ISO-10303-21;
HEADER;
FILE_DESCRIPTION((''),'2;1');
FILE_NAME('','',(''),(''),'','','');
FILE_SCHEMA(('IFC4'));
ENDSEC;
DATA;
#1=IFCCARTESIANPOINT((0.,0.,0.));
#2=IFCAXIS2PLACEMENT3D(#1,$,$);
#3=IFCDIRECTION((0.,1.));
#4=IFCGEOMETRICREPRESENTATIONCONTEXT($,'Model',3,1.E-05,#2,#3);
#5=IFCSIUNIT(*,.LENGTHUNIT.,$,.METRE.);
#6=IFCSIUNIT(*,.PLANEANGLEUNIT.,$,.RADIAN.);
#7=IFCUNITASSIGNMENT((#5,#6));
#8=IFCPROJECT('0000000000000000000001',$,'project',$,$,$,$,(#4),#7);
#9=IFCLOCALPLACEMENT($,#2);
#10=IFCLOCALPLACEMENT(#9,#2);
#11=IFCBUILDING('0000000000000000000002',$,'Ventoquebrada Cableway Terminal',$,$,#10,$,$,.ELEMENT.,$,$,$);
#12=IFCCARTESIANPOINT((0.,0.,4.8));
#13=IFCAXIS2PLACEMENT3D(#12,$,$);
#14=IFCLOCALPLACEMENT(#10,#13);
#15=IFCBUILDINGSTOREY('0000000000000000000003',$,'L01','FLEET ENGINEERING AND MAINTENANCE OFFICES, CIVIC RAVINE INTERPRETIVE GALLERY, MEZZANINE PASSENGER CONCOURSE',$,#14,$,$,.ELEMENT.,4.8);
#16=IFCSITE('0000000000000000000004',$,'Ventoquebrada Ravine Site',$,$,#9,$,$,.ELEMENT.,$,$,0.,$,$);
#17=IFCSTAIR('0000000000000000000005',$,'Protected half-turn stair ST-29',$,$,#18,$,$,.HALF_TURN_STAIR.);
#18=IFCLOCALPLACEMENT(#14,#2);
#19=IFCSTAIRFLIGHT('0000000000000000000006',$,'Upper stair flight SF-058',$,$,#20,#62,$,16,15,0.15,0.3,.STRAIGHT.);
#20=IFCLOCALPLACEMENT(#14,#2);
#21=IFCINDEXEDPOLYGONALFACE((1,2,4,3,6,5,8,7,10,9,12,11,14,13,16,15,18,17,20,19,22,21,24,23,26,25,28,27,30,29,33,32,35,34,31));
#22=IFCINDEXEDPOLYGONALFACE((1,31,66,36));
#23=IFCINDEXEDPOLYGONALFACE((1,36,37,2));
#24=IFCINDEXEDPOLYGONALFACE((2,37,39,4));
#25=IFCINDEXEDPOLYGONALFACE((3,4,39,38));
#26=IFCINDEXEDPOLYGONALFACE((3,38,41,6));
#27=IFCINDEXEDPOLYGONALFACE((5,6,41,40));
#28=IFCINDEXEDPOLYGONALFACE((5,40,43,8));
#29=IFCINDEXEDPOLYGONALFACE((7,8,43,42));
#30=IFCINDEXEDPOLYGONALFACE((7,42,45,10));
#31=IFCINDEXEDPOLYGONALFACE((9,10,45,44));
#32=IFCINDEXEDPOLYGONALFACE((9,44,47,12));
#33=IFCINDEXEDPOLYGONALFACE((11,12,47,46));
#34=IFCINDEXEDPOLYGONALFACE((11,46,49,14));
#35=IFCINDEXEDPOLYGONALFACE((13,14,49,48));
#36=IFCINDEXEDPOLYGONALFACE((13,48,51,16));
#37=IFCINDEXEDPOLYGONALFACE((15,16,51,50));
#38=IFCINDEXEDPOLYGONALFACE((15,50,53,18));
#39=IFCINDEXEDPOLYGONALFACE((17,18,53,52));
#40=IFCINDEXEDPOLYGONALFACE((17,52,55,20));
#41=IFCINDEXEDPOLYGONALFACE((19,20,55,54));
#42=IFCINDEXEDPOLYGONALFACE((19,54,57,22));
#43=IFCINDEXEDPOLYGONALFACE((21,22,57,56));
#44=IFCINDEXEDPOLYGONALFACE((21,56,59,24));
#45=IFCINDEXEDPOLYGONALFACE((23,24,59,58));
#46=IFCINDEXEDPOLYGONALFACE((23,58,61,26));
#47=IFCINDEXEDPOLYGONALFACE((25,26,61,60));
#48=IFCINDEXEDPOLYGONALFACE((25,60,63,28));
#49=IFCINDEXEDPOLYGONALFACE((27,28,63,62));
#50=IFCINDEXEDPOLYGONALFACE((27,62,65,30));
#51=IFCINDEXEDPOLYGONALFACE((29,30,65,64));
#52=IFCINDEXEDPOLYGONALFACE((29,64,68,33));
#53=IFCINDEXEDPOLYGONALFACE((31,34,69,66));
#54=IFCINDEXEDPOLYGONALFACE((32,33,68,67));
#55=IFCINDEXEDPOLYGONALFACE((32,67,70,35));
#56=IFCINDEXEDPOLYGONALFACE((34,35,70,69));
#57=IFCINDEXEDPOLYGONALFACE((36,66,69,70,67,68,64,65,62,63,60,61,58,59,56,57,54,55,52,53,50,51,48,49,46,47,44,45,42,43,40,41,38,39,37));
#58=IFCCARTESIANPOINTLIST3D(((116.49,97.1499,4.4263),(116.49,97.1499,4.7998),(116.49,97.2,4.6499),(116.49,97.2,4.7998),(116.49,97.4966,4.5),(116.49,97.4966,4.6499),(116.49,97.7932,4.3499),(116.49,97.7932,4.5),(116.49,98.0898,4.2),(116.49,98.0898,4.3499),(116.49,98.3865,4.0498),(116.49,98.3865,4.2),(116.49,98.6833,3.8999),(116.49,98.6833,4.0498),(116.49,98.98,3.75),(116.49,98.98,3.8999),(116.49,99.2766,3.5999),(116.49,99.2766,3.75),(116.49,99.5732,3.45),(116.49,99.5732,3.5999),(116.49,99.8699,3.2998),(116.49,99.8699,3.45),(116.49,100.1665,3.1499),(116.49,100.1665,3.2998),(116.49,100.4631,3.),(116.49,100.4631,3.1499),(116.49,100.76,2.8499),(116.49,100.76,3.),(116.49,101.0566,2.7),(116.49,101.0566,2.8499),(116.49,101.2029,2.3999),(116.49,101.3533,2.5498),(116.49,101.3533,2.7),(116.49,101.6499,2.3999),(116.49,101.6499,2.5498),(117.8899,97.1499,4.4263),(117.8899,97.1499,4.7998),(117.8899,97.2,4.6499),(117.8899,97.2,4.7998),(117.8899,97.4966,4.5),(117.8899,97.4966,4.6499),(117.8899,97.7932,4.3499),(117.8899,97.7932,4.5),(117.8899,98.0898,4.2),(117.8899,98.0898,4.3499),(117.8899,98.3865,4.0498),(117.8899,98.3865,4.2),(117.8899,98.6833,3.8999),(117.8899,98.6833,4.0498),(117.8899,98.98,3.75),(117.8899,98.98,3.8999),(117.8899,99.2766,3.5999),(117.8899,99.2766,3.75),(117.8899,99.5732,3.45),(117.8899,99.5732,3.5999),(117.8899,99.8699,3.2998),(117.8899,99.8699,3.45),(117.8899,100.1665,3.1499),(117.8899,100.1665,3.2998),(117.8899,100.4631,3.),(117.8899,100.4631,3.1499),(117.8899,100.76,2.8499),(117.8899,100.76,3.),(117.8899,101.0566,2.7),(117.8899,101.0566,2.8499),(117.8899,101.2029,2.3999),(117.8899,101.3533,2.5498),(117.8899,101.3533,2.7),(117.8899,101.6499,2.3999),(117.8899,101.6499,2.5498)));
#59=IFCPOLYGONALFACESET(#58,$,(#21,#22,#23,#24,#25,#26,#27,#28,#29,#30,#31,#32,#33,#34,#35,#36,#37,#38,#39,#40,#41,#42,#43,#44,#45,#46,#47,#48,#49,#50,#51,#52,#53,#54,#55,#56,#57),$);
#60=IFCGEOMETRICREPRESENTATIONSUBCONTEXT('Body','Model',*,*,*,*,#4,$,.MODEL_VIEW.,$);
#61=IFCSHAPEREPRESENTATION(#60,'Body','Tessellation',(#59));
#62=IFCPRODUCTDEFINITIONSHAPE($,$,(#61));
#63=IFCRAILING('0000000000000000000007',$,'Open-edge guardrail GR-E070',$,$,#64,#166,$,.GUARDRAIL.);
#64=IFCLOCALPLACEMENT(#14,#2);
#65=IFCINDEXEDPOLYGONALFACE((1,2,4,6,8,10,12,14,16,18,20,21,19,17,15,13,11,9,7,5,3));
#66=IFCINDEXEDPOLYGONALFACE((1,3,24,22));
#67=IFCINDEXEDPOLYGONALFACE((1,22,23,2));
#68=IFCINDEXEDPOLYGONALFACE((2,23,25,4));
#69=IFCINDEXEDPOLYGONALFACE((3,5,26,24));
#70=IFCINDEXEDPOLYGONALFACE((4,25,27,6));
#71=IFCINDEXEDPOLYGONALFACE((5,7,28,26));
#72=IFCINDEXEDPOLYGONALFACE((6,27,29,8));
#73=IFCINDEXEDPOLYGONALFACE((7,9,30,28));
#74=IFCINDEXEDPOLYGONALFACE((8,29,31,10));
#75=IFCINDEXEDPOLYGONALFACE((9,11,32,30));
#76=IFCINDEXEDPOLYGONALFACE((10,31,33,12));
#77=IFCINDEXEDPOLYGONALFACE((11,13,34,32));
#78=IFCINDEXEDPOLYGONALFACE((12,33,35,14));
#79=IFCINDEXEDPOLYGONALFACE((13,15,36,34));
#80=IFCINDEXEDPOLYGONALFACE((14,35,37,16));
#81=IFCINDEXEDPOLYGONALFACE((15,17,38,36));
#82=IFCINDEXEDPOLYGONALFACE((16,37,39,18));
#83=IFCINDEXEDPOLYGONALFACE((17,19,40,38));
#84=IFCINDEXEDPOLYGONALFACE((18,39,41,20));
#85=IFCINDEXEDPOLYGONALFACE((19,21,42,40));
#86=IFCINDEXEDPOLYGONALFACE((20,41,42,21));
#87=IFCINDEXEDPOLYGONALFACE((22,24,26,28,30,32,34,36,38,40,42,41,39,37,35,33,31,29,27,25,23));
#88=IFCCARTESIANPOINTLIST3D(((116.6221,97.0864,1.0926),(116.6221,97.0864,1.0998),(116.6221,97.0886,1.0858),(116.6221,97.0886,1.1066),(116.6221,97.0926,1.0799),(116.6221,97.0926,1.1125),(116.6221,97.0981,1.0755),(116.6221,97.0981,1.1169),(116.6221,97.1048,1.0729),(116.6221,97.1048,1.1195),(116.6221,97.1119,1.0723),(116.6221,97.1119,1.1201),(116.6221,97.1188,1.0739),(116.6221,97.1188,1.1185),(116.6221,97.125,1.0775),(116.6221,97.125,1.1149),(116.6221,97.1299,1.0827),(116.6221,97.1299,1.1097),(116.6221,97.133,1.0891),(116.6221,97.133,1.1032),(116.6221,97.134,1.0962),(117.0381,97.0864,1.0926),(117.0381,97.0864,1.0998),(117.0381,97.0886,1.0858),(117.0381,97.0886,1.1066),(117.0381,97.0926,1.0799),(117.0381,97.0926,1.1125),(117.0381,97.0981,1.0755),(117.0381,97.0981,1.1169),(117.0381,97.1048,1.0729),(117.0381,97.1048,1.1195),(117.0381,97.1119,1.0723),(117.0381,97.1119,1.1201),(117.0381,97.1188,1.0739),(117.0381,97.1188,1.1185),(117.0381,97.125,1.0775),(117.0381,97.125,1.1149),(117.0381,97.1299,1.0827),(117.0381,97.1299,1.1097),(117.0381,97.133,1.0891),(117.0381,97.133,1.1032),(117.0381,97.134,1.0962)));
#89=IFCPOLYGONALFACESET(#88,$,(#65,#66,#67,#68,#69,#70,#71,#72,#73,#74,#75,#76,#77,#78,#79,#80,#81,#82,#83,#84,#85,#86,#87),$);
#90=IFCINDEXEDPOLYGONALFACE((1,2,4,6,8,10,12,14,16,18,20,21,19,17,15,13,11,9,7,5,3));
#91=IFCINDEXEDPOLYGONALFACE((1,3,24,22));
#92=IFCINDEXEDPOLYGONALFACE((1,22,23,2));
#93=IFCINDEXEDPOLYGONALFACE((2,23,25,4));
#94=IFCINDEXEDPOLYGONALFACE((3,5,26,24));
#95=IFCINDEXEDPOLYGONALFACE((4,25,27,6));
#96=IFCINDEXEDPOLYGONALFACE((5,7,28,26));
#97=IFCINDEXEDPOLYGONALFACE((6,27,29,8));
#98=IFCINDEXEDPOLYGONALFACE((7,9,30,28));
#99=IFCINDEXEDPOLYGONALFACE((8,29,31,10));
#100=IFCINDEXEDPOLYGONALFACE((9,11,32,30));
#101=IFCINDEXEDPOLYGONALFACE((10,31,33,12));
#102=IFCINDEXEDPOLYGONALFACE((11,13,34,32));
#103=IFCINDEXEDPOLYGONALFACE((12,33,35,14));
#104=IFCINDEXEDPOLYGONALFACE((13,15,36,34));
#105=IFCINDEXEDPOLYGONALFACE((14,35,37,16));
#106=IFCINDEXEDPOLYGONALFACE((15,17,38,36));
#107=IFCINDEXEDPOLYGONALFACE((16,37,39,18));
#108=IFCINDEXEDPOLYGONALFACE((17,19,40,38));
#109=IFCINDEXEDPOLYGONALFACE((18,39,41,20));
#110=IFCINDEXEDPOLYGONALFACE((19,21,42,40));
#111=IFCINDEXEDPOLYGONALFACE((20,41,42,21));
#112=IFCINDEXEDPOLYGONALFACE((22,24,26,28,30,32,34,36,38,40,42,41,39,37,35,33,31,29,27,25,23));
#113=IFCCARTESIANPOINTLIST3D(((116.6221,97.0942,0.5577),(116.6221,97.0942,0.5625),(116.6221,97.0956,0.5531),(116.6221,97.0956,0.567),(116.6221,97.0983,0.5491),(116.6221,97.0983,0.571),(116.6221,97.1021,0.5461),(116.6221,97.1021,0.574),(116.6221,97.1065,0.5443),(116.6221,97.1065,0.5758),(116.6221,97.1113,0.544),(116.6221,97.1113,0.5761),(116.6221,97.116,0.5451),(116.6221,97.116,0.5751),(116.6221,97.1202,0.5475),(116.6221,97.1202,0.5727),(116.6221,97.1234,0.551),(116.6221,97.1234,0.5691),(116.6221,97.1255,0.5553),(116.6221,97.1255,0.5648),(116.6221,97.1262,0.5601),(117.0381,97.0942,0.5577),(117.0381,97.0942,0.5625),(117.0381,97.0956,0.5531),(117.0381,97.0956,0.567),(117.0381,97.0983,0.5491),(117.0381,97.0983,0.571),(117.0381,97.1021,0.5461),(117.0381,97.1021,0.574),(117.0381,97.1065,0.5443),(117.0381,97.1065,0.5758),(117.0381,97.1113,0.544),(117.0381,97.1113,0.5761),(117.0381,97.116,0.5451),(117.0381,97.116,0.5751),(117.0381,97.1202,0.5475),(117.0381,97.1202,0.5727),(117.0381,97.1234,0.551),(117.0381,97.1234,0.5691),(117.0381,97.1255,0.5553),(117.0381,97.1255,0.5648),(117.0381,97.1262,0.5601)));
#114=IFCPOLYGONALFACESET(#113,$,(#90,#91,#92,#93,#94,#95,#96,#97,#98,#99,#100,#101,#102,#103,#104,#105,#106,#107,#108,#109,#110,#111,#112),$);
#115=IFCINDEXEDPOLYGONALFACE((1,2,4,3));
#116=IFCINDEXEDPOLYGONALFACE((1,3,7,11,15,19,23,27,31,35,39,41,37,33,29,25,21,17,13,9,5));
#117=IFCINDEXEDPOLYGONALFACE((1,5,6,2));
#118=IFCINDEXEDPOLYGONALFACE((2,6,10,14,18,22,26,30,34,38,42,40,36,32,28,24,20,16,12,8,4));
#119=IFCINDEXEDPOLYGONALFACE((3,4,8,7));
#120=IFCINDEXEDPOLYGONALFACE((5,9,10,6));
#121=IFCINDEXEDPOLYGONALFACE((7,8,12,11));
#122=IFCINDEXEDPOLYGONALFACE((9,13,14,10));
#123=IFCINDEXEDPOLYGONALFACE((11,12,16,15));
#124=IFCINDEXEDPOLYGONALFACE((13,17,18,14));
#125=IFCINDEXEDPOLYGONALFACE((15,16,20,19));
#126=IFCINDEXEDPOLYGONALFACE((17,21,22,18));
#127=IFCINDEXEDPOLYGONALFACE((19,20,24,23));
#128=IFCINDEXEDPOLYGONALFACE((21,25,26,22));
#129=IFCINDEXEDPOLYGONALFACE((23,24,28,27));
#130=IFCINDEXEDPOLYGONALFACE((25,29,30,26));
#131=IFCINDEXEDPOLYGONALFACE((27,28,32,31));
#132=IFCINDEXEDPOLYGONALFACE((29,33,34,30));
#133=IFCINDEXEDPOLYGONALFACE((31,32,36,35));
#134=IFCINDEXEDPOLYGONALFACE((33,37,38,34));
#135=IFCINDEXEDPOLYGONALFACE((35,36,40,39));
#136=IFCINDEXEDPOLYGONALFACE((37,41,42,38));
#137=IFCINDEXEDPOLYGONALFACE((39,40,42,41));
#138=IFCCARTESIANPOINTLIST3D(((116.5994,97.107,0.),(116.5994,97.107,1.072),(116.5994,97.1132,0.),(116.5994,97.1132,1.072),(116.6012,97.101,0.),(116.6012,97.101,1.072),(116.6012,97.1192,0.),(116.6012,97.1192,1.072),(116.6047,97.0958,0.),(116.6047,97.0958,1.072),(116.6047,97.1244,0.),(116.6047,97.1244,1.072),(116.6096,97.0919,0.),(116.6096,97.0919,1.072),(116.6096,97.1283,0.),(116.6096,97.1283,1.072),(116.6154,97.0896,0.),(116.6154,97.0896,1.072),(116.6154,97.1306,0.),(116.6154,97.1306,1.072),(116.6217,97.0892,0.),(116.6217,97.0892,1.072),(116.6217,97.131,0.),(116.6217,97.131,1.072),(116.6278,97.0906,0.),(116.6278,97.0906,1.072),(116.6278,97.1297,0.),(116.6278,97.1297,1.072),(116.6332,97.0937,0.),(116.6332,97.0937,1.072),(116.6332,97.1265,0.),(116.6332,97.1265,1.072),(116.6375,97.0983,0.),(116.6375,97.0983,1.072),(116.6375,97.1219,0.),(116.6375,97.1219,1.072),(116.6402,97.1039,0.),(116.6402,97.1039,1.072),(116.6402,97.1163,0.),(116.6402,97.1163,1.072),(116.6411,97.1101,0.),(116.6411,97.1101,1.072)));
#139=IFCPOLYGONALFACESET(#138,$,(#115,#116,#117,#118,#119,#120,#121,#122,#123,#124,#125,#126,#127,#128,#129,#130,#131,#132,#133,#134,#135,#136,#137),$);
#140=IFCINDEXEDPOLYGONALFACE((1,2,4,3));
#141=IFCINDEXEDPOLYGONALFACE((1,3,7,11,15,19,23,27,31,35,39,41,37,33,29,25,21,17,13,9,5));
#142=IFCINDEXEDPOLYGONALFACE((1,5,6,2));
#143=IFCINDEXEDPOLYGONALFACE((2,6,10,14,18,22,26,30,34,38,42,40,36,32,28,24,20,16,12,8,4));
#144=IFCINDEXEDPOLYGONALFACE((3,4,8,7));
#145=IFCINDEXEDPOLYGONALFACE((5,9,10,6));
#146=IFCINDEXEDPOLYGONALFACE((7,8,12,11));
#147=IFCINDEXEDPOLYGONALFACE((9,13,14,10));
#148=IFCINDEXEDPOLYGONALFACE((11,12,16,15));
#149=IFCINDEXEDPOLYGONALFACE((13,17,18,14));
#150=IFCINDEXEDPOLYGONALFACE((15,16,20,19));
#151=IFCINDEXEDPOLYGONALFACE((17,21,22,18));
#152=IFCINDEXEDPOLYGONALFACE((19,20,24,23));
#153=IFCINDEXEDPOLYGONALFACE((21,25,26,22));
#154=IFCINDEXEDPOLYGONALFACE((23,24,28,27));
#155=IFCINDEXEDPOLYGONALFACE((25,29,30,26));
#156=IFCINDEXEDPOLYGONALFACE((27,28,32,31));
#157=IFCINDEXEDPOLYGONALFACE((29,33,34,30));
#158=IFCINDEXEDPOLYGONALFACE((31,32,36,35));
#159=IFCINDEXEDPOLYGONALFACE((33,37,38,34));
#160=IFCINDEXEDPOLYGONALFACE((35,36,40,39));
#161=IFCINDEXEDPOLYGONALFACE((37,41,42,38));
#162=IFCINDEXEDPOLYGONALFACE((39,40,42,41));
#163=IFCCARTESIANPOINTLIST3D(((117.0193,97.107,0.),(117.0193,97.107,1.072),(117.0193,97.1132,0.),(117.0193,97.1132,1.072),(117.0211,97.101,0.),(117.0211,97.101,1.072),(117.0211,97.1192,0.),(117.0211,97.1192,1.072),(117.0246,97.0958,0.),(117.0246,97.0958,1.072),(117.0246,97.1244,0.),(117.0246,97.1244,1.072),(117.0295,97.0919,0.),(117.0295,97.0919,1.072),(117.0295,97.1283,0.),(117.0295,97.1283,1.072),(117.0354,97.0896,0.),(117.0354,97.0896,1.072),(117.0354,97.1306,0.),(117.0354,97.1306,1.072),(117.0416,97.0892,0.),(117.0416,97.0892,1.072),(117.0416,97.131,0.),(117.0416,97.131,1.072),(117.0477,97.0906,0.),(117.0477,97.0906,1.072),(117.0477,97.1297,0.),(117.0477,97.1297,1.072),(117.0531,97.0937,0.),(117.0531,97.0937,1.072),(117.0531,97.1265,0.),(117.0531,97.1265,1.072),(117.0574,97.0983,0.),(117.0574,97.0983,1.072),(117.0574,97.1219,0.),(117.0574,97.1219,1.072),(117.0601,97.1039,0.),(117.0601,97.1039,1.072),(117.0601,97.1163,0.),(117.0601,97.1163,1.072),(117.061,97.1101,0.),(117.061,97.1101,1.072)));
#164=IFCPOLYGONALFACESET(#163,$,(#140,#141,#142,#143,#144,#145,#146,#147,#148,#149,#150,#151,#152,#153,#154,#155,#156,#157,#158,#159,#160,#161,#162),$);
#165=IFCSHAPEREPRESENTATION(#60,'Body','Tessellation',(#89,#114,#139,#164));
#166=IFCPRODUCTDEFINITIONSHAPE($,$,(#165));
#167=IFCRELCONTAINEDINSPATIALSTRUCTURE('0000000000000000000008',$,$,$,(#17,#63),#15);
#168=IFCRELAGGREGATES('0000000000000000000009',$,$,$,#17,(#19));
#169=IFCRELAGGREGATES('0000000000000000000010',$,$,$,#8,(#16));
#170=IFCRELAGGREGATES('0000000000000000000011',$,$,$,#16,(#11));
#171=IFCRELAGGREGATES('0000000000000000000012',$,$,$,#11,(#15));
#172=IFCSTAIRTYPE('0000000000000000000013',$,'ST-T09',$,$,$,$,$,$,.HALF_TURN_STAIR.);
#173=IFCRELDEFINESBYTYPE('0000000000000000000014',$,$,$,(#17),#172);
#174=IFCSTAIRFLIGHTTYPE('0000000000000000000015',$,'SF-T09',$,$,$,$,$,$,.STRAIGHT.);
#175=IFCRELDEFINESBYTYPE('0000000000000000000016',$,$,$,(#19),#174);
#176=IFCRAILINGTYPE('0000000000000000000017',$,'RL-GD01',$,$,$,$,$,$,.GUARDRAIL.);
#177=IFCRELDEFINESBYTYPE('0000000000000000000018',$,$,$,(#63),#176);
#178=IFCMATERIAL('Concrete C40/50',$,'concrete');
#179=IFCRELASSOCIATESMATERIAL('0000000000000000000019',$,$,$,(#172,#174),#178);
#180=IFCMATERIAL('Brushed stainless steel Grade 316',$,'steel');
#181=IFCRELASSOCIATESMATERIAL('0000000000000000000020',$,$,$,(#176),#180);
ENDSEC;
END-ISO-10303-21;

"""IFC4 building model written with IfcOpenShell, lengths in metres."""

from ifc_helpers import new_model, si_unit, direction, frame, origin, origin_2d, place, context, subcontext, project, spatial, polyline, circle, outline, extrude, material, type_object, element, aggregate, save


model = new_model("IFC4")

# Units and contexts
model_context = context("Model", 3, precision=1e-05, world=origin(), true_north=direction((0.0, 1.0)))
body_context = subcontext(model_context, "Body", "Model", "MODEL_VIEW")
ifc_project = project(units=[si_unit("LENGTHUNIT", "METRE"), si_unit("PLANEANGLEUNIT", "RADIAN")], contexts=[model_context])

# Site, building, storey
site_placement = place(None, origin())
site = spatial("IfcSite", under=ifc_project, at=site_placement, Name="Ventoquebrada Ravine Site", CompositionType="ELEMENT", RefElevation=0.0)
building_placement = place(site_placement, origin())
building = spatial("IfcBuilding", under=site, at=building_placement, Name="Ventoquebrada Cableway Terminal", CompositionType="ELEMENT")
storey_placement = place(building_placement, frame((0.0, 0.0, 4.8)))
storey = spatial("IfcBuildingStorey", under=building, at=storey_placement, Name="L01", Description="FLEET ENGINEERING AND MAINTENANCE OFFICES, CIVIC RAVINE INTERPRETIVE GALLERY, MEZZANINE PASSENGER CONCOURSE", CompositionType="ELEMENT", Elevation=4.8)

# Shared definitions
ifc_material_1 = material(Name="Concrete C40/50", Category="concrete")

# Stair, stair flight
stair_type = type_object("IfcStairType", Name="ST-T09", PredefinedType="HALF_TURN_STAIR", material=ifc_material_1)
stair_placement = place(storey_placement, origin())
stair = element("IfcStair", 1, at=stair_placement, inside=storey, type_object=stair_type, Name="Protected half-turn stair ST-29", PredefinedType="HALF_TURN_STAIR")
stair_flight_type = type_object("IfcStairFlightType", Name="SF-T09", PredefinedType="STRAIGHT", material=ifc_material_1)
stair_flight_1_placement = place(storey_placement, frame((117.1899, 101.6499, 2.3999), z_axis=(0.0, 0.0, 1.0), x_axis=(0.0, -1.0, 0.0)))
stair_flight_1 = element("IfcStairFlight", 2, at=stair_flight_1_placement, type_object=stair_flight_type, Name="Upper stair flight SF-058", NumberOfRisers=16, NumberOfTreads=15, PredefinedType="STRAIGHT", RiserHeight=0.15, TreadLength=0.3, context=body_context, shape_type="SweptSolid", body=[
    extrude(outline(polyline([(0.0, 0.0), (0.0, 0.1499), (0.2966, 0.1499), (0.2966, 0.3), (0.5933, 0.3), (0.5933, 0.45), (0.8899, 0.45), (0.8899, 0.6001), (1.1868, 0.6001), (1.1868, 0.75), (1.4834, 0.75), (1.4834, 0.8999), (1.78, 0.8999), (1.78, 1.05), (2.0767, 1.05), (2.0767, 1.2), (2.3733, 1.2), (2.3733, 1.3501), (2.6699, 1.3501), (2.6699, 1.5), (2.9666, 1.5), (2.9666, 1.6499), (3.2634, 1.6499), (3.2634, 1.8), (3.5601, 1.8), (3.5601, 1.95), (3.8567, 1.95), (3.8567, 2.1001), (4.1533, 2.1001), (4.1533, 2.25), (4.45, 2.25), (4.45, 2.3999), (4.5, 2.3999), (4.5, 2.0264), (0.447, 0.0), (0.0, 0.0)])), frame((0.0, 0.7, 0.0), z_axis=(0.0, -1.0, 0.0), x_axis=(1.0, 0.0, 0.0)), (0.0, 0.0, 1.0), 1.3999),
])
aggregate(stair, [stair_flight_1])

# Railing
ifc_material_2 = material(Name="Brushed stainless steel Grade 316", Category="steel")
railing_type_1 = type_object("IfcRailingType", Name="RL-GD01", PredefinedType="GUARDRAIL", material=ifc_material_2)
railing_1_placement = place(storey_placement, frame((116.6201, 97.1101, 0.0)))
element("IfcRailing", 3, at=railing_1_placement, inside=storey, type_object=railing_type_1, Name="Open-edge guardrail GR-E070", PredefinedType="GUARDRAIL", context=body_context, shape_type="SweptSolid", body=[
    extrude(circle(Radius=0.0239, at=origin_2d()), frame((0.002, 0.0, 1.0962), z_axis=(1.0, 0.0, 0.0), x_axis=(0.0, 1.0, 0.0)), (0.0, 0.0, 1.0), 0.416),
    extrude(circle(Radius=0.0161, at=origin_2d()), frame((0.002, 0.0, 0.5601), z_axis=(1.0, 0.0, 0.0), x_axis=(0.0, 1.0, 0.0)), (0.0, 0.0, 1.0), 0.416),
    extrude(circle(Radius=0.021, at=origin_2d()), origin(), (0.0, 0.0, 1.0), 1.072),
    extrude(circle(Radius=0.021, at=origin_2d()), frame((0.4199, 0.0, 0.0)), (0.0, 0.0, 1.0), 1.072),
])

save(model, "model.ifc")
